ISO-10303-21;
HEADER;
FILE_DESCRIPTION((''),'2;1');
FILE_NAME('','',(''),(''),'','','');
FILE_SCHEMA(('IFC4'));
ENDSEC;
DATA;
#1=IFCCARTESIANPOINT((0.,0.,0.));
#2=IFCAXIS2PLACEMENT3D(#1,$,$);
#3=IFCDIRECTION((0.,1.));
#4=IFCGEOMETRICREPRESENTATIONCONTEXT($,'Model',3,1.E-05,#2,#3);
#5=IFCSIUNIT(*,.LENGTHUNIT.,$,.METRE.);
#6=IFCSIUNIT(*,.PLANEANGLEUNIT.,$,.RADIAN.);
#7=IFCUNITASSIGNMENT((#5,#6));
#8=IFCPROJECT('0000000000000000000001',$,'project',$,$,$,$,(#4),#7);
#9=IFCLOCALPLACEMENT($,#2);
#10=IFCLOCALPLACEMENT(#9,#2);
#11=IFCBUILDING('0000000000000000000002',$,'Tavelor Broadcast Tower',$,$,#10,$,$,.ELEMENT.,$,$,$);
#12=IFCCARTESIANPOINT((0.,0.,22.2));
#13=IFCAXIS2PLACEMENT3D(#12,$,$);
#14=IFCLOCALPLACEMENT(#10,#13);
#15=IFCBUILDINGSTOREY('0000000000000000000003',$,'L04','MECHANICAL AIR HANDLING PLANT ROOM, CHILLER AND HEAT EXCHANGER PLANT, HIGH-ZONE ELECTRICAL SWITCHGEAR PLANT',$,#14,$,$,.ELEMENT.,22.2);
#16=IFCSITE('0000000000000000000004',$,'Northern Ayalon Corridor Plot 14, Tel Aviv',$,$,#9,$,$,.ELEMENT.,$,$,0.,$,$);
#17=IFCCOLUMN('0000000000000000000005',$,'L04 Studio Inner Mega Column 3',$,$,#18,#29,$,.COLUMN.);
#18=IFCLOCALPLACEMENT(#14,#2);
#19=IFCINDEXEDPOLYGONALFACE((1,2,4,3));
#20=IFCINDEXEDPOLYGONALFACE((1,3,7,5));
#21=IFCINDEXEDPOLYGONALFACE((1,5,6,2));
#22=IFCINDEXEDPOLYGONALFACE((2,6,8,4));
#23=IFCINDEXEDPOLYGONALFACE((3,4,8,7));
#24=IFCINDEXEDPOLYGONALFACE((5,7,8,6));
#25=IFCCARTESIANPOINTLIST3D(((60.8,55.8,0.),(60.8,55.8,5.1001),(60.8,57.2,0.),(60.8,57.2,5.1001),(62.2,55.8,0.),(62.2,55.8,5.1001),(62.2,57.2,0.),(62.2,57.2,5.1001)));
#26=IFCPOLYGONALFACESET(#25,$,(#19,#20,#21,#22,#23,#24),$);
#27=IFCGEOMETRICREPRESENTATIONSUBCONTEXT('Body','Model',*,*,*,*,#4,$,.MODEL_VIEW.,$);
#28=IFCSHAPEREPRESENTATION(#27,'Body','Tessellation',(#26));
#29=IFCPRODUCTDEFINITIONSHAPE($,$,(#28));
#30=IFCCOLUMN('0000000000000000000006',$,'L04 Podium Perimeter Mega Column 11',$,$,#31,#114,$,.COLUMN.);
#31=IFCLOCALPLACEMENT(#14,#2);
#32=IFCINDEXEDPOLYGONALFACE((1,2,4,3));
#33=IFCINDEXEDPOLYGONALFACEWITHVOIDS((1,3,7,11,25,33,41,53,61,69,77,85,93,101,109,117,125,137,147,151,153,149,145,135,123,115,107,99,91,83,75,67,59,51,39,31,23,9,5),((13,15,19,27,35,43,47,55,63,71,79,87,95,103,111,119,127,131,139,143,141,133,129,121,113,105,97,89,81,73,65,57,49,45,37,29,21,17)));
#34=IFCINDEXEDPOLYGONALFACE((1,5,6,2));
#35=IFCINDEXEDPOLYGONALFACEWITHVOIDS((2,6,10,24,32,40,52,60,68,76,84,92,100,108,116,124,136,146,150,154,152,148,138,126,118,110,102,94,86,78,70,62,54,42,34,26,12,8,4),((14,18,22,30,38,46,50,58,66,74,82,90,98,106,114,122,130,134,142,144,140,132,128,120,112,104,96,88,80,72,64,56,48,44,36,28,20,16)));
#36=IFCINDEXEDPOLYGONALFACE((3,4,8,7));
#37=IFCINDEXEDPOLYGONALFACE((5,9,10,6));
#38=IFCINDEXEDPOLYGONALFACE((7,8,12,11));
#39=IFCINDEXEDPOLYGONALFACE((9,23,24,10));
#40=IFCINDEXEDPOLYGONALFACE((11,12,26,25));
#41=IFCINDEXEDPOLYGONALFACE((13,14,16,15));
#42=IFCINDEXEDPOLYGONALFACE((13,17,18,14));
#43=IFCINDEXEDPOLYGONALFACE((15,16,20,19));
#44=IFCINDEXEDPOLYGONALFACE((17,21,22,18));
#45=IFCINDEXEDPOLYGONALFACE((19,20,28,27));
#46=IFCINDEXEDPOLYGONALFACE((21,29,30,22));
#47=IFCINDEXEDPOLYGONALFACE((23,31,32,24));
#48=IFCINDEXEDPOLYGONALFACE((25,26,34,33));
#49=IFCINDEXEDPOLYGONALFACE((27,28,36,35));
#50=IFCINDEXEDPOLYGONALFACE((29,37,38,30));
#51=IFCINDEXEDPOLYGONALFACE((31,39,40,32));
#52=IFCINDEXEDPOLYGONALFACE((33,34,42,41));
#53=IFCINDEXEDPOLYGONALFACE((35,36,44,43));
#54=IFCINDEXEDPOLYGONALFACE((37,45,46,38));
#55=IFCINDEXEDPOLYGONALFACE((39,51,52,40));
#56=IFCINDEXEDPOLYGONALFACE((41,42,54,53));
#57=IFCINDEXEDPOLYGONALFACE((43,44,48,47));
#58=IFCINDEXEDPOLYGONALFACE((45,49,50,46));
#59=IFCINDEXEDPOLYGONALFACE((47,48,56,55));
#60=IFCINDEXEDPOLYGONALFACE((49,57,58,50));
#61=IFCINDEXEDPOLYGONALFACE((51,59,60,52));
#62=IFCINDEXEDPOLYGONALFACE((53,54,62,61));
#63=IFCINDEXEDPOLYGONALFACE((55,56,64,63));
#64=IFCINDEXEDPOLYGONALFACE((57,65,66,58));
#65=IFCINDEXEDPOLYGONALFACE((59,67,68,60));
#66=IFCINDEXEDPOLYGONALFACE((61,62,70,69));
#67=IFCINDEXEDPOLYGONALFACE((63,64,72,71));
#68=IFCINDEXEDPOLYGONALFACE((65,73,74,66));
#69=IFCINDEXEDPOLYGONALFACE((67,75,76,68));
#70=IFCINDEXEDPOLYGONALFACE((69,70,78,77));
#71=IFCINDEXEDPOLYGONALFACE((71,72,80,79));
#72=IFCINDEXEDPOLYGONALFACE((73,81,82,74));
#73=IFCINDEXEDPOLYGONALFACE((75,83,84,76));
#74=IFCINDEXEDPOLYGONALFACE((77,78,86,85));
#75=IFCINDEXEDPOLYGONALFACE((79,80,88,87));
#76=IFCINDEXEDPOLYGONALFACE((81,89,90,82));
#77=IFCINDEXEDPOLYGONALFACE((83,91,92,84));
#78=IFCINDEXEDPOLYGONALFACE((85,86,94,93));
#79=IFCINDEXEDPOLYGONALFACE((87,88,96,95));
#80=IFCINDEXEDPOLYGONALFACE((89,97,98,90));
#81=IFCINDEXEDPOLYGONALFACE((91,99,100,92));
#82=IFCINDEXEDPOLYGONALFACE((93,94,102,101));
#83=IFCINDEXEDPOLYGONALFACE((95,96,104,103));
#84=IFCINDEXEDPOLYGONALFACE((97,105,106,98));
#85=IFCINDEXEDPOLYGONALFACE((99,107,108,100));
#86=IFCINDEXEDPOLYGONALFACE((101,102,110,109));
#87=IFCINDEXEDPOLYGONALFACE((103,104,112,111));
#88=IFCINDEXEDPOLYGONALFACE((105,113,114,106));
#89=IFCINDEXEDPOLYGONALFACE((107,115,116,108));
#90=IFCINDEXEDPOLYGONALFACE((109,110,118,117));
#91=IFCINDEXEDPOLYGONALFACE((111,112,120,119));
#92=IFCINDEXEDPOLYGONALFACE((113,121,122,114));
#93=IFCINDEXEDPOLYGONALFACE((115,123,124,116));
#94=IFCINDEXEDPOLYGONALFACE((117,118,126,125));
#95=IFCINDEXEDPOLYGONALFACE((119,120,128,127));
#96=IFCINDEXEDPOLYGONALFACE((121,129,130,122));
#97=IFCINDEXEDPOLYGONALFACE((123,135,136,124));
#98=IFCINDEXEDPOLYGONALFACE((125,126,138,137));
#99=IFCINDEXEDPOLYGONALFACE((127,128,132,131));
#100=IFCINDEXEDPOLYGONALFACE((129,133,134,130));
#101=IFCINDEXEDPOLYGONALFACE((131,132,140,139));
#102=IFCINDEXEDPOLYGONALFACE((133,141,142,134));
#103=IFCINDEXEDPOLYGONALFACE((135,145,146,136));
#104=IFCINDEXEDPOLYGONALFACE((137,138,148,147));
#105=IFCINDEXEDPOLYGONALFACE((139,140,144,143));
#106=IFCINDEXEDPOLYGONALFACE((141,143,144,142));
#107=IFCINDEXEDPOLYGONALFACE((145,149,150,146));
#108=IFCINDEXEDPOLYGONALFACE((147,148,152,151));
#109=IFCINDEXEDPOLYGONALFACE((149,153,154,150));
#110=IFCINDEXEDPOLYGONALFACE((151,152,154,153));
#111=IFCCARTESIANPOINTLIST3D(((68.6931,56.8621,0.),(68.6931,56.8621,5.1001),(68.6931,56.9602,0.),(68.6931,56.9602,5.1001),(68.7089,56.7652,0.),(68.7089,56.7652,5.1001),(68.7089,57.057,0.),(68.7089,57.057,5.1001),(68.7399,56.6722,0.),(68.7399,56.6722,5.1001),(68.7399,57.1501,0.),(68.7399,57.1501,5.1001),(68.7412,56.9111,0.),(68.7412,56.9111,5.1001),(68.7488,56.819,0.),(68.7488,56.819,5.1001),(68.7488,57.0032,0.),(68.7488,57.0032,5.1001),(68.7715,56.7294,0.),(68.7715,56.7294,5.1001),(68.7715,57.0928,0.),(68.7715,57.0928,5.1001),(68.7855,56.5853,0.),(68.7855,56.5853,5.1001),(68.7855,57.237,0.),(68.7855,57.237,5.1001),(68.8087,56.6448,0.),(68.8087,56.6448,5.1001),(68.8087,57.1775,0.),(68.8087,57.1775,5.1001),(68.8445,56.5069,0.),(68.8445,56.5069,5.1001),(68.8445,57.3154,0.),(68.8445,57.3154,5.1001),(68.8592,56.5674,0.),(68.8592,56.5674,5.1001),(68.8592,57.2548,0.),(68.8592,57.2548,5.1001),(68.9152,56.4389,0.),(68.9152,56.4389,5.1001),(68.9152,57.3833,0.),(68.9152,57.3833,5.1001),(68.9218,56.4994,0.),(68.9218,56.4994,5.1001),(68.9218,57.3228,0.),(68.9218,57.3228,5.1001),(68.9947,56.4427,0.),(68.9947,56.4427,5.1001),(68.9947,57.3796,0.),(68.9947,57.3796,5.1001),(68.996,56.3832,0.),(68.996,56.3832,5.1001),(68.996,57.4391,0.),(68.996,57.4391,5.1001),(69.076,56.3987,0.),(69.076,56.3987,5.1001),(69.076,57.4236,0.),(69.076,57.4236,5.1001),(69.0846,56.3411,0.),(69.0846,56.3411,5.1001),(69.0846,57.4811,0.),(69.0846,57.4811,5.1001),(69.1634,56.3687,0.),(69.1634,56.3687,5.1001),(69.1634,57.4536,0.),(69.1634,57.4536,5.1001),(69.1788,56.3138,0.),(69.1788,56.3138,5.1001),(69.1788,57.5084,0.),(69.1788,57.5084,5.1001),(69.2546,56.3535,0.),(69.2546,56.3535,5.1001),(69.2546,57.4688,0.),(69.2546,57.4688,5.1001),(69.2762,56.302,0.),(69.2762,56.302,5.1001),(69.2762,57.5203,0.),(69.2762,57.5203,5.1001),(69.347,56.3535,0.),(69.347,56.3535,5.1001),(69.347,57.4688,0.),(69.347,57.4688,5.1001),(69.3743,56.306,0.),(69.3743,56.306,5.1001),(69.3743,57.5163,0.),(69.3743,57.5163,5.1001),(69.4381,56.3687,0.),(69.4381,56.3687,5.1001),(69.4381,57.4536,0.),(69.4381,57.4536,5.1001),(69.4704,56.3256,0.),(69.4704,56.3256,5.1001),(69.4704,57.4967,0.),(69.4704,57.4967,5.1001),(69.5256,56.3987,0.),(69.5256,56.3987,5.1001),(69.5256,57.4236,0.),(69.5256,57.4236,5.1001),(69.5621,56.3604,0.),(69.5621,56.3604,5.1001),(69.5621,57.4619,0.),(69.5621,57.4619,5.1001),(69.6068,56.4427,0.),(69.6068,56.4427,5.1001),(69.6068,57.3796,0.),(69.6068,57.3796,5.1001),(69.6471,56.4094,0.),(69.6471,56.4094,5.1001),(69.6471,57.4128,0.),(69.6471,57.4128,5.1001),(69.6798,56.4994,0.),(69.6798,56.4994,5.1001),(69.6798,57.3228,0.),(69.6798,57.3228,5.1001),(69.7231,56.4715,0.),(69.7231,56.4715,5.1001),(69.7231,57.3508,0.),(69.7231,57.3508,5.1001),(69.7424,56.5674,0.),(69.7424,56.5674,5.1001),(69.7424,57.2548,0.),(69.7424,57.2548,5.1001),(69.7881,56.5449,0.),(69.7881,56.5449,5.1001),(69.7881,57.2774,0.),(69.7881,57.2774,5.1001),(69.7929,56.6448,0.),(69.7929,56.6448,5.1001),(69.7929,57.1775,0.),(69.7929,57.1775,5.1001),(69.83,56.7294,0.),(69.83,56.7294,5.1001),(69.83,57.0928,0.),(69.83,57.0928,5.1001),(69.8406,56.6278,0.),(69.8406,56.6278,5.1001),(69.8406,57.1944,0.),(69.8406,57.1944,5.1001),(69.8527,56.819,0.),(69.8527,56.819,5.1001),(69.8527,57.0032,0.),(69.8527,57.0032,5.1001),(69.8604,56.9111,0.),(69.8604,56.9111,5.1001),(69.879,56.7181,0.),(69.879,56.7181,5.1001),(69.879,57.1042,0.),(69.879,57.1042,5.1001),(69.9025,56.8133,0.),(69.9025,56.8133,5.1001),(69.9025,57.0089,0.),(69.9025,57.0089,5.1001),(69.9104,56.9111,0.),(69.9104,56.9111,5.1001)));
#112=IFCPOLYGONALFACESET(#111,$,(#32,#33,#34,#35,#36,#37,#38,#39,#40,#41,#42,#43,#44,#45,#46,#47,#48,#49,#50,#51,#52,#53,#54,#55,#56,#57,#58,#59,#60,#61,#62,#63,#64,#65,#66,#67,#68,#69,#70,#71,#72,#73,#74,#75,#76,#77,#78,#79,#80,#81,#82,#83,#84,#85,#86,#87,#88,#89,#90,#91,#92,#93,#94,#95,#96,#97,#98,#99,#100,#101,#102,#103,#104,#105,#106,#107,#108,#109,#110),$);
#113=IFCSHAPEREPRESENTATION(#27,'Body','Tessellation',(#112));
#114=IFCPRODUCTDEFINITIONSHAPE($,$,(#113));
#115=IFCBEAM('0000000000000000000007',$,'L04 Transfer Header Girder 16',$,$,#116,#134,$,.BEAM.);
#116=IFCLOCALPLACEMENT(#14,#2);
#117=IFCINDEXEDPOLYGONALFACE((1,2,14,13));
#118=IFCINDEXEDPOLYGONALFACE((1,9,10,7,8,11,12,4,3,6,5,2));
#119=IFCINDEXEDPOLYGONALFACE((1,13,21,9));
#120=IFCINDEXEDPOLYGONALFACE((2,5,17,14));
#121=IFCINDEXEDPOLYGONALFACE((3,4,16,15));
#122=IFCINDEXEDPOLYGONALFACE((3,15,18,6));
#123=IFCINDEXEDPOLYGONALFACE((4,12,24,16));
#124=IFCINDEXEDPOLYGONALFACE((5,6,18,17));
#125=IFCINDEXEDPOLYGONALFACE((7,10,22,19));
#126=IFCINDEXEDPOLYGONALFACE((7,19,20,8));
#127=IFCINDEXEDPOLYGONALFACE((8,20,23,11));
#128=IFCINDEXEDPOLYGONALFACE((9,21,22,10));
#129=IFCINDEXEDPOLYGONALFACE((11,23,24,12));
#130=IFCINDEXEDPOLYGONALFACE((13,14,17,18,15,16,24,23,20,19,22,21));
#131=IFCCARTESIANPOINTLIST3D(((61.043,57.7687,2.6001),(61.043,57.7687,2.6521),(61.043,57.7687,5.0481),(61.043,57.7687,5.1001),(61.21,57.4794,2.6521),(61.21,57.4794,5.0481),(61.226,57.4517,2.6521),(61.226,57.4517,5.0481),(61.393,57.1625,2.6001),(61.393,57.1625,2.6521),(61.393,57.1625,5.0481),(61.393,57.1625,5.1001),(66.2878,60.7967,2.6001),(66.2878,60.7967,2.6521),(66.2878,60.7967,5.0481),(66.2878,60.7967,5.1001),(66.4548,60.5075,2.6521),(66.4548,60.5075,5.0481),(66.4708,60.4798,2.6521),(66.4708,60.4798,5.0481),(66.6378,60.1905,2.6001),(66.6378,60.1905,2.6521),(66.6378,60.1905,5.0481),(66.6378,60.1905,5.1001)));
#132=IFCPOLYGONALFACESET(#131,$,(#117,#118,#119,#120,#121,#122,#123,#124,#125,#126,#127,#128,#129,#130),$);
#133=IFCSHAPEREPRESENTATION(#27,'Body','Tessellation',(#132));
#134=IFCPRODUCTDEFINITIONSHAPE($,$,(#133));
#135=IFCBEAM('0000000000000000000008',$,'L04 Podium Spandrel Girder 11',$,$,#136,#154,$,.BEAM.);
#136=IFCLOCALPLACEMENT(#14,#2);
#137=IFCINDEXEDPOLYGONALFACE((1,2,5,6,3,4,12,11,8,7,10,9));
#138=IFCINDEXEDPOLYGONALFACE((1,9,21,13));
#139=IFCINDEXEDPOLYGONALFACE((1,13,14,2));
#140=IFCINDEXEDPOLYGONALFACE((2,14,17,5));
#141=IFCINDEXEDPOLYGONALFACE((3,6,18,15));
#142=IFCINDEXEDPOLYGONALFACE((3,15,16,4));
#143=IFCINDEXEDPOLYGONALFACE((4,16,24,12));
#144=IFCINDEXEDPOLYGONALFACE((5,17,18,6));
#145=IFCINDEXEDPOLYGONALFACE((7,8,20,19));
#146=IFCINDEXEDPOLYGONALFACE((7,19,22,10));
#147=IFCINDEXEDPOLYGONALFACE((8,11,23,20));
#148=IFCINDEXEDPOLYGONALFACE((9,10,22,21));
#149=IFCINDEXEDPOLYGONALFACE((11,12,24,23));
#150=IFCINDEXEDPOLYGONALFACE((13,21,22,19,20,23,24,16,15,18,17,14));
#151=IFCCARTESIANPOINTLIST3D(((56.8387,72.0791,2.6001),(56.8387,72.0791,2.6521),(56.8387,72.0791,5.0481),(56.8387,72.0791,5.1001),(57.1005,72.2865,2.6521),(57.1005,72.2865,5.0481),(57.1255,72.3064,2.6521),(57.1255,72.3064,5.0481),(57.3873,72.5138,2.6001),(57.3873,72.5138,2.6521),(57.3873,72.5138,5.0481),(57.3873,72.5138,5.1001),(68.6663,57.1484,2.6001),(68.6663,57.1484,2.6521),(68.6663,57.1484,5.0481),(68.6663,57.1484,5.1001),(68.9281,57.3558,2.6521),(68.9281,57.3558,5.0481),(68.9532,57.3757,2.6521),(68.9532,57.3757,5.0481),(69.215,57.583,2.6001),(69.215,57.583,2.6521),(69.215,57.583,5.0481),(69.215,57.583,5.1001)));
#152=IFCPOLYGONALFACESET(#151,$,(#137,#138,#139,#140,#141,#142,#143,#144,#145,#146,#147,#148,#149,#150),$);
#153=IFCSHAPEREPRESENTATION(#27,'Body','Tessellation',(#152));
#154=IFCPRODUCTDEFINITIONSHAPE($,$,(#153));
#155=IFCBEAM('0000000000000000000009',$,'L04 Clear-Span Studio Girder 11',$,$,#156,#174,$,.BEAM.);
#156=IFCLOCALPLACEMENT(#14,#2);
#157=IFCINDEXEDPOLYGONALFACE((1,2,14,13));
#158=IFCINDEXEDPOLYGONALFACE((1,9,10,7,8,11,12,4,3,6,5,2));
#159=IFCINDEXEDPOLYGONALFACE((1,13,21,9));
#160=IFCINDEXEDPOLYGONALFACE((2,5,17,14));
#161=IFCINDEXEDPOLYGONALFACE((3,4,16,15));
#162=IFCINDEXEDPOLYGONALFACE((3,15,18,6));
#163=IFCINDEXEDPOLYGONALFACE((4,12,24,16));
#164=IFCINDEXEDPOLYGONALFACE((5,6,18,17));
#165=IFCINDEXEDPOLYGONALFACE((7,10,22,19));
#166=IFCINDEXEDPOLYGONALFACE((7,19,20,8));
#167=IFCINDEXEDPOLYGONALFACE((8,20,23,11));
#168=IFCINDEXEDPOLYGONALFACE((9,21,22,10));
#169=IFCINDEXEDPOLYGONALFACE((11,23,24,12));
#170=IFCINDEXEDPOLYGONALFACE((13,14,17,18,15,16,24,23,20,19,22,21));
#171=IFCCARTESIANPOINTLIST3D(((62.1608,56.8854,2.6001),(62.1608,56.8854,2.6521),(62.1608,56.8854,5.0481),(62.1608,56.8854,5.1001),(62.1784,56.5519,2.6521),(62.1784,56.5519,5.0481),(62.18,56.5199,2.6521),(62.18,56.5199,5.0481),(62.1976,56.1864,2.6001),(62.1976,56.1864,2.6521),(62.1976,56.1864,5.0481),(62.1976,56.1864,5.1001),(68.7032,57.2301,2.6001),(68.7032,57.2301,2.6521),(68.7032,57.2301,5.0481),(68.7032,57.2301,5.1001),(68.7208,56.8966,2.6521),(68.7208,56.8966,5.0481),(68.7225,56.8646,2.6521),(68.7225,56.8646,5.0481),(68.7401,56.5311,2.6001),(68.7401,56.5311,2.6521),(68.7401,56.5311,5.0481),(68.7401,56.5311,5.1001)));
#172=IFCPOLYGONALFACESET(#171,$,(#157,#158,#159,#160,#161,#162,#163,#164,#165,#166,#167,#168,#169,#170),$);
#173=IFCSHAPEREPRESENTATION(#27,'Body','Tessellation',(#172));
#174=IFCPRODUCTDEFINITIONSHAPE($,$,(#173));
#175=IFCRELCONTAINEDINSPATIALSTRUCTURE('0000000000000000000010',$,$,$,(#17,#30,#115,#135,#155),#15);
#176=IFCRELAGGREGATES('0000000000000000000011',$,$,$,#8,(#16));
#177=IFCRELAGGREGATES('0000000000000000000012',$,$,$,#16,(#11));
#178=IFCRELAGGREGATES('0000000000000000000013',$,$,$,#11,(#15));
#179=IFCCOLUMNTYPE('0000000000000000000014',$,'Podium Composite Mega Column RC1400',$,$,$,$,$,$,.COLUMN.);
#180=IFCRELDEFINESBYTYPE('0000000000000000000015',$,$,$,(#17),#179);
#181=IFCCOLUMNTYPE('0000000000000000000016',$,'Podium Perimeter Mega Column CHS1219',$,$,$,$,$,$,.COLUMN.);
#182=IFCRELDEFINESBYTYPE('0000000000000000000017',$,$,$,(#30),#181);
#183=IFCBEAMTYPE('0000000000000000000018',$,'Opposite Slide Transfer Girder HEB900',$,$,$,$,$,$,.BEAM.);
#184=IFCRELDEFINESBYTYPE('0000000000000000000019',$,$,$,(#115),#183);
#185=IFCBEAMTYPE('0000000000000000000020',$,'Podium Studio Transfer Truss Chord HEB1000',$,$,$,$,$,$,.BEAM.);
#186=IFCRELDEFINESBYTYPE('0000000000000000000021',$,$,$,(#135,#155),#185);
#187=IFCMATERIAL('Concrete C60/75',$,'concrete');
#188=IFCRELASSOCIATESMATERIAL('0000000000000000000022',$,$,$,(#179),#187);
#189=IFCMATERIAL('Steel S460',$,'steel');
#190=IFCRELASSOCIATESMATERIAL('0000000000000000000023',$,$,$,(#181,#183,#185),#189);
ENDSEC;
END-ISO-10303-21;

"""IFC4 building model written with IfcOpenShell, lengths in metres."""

from ifc_helpers import new_model, si_unit, direction, frame, origin, origin_2d, place, context, subcontext, project, spatial, rectangle, hollow_circle, i_section, extrude, material, material_profile, profile_set, type_object, element, save


model = new_model("IFC4")

# Units and contexts
model_context = context("Model", 3, precision=1e-05, world=origin(), true_north=direction((0.0, 1.0)))
body_context = subcontext(model_context, "Body", "Model", "MODEL_VIEW")
ifc_project = project(units=[si_unit("LENGTHUNIT", "METRE"), si_unit("PLANEANGLEUNIT", "RADIAN")], contexts=[model_context])

# Site, building, storey
site_placement = place(None, origin())
site = spatial("IfcSite", under=ifc_project, at=site_placement, Name="Northern Ayalon Corridor Plot 14, Tel Aviv", CompositionType="ELEMENT", RefElevation=0.0)
building_placement = place(site_placement, origin())
building = spatial("IfcBuilding", under=site, at=building_placement, Name="Tavelor Broadcast Tower", CompositionType="ELEMENT")
storey_placement = place(building_placement, frame((0.0, 0.0, 22.2)))
storey = spatial("IfcBuildingStorey", under=building, at=storey_placement, Name="L04", Description="MECHANICAL AIR HANDLING PLANT ROOM, CHILLER AND HEAT EXCHANGER PLANT, HIGH-ZONE ELECTRICAL SWITCHGEAR PLANT", CompositionType="ELEMENT", Elevation=22.2)

# Columns
ifc_material_1 = material(Name="Concrete C60/75", Category="concrete")
ifc_material_profile_1 = material_profile(ifc_material_1, rectangle(XDim=1.3999, YDim=1.3999, at=origin_2d()), Name="RC 1400x1400")
ifc_profile_set_1 = profile_set([ifc_material_profile_1], Name="Concrete C60/75")
column_type_1 = type_object("IfcColumnType", Name="Podium Composite Mega Column RC1400", PredefinedType="COLUMN", material=ifc_profile_set_1)
column_1_placement = place(storey_placement, frame((61.5, 56.5, 0.0), z_axis=(0.0, 0.0, 1.0), x_axis=(1.0, 0.0, 0.0)))
element("IfcColumn", 1, at=column_1_placement, inside=storey, type_object=column_type_1, Name="L04 Studio Inner Mega Column 3", PredefinedType="COLUMN", context=body_context, shape_type="SweptSolid", body=[
    extrude(rectangle(XDim=1.3999, YDim=1.3999, at=origin_2d()), origin(), (0.0, 0.0, 1.0), 5.1001),
])
ifc_material_2 = material(Name="Steel S460", Category="steel")
ifc_material_profile_2 = material_profile(ifc_material_2, hollow_circle(Radius=0.6096, WallThickness=0.05, at=origin_2d()), Name="CHS 1219x50")
ifc_profile_set_2 = profile_set([ifc_material_profile_2], Name="Steel S460")
column_type_2 = type_object("IfcColumnType", Name="Podium Perimeter Mega Column CHS1219", PredefinedType="COLUMN", material=ifc_profile_set_2)
column_2_placement = place(storey_placement, frame((69.3008, 56.9111, 0.0), z_axis=(0.0, 0.0, 1.0), x_axis=(1.0, 0.0, 0.0)))
element("IfcColumn", 2, at=column_2_placement, inside=storey, type_object=column_type_2, Name="L04 Podium Perimeter Mega Column 11", PredefinedType="COLUMN", context=body_context, shape_type="SweptSolid", body=[
    extrude(hollow_circle(Radius=0.6096, WallThickness=0.05, at=origin_2d()), origin(), (0.0, 0.0, 1.0), 5.1001),
])

# Beams
ifc_material_profile_3 = material_profile(ifc_material_2, i_section(OverallWidth=0.7, OverallDepth=2.5, WebThickness=0.032, FlangeThickness=0.052, at=origin_2d()), Name="PG 2500x700")
ifc_profile_set_3 = profile_set([ifc_material_profile_3], Name="Steel S460")
beam_type_1 = type_object("IfcBeamType", Name="Opposite Slide Transfer Girder HEB900", PredefinedType="BEAM", material=ifc_profile_set_3)
beam_1_placement = place(storey_placement, frame((61.218, 57.4656, 3.8501), z_axis=(0.866029, 0.499993, 0.0), x_axis=(-0.499993, 0.866029, 0.0)))
element("IfcBeam", 3, at=beam_1_placement, inside=storey, type_object=beam_type_1, Name="L04 Transfer Header Girder 16", PredefinedType="BEAM", context=body_context, shape_type="SweptSolid", body=[
    extrude(i_section(OverallWidth=0.7, OverallDepth=2.5, WebThickness=0.032, FlangeThickness=0.052, at=origin_2d()), origin(), (0.0, 0.0, 1.0), 6.0562),
])
ifc_material_profile_4 = material_profile(ifc_material_2, i_section(OverallWidth=0.7, OverallDepth=2.5, WebThickness=0.032, FlangeThickness=0.052, at=origin_2d()), Name="PG 2500x700")
ifc_profile_set_4 = profile_set([ifc_material_profile_4], Name="Steel S460")
beam_type_2 = type_object("IfcBeamType", Name="Podium Studio Transfer Truss Chord HEB1000", PredefinedType="BEAM", material=ifc_profile_set_4)
beam_2_placement = place(storey_placement, frame((68.9407, 57.3657, 3.8501), z_axis=(-0.620946, 0.783853, 0.0), x_axis=(-0.783853, -0.620946, 0.0)))
element("IfcBeam", 4, at=beam_2_placement, inside=storey, type_object=beam_type_2, Name="L04 Podium Spandrel Girder 11", PredefinedType="BEAM", context=body_context, shape_type="SweptSolid", body=[
    extrude(i_section(OverallWidth=0.7, OverallDepth=2.5, WebThickness=0.032, FlangeThickness=0.052, at=origin_2d()), origin(), (0.0, 0.0, 1.0), 19.0479),
])
beam_3_placement = place(storey_placement, frame((62.1792, 56.5359, 3.8501), z_axis=(0.998615, 0.052618, 0.0), x_axis=(-0.052618, 0.998615, 0.0)))
element("IfcBeam", 5, at=beam_3_placement, inside=storey, type_object=beam_type_2, Name="L04 Clear-Span Studio Girder 11", PredefinedType="BEAM", context=body_context, shape_type="SweptSolid", body=[
    extrude(i_section(OverallWidth=0.7, OverallDepth=2.5, WebThickness=0.032, FlangeThickness=0.052, at=origin_2d()), origin(), (0.0, 0.0, 1.0), 6.5515),
])

save(model, "model.ifc")
